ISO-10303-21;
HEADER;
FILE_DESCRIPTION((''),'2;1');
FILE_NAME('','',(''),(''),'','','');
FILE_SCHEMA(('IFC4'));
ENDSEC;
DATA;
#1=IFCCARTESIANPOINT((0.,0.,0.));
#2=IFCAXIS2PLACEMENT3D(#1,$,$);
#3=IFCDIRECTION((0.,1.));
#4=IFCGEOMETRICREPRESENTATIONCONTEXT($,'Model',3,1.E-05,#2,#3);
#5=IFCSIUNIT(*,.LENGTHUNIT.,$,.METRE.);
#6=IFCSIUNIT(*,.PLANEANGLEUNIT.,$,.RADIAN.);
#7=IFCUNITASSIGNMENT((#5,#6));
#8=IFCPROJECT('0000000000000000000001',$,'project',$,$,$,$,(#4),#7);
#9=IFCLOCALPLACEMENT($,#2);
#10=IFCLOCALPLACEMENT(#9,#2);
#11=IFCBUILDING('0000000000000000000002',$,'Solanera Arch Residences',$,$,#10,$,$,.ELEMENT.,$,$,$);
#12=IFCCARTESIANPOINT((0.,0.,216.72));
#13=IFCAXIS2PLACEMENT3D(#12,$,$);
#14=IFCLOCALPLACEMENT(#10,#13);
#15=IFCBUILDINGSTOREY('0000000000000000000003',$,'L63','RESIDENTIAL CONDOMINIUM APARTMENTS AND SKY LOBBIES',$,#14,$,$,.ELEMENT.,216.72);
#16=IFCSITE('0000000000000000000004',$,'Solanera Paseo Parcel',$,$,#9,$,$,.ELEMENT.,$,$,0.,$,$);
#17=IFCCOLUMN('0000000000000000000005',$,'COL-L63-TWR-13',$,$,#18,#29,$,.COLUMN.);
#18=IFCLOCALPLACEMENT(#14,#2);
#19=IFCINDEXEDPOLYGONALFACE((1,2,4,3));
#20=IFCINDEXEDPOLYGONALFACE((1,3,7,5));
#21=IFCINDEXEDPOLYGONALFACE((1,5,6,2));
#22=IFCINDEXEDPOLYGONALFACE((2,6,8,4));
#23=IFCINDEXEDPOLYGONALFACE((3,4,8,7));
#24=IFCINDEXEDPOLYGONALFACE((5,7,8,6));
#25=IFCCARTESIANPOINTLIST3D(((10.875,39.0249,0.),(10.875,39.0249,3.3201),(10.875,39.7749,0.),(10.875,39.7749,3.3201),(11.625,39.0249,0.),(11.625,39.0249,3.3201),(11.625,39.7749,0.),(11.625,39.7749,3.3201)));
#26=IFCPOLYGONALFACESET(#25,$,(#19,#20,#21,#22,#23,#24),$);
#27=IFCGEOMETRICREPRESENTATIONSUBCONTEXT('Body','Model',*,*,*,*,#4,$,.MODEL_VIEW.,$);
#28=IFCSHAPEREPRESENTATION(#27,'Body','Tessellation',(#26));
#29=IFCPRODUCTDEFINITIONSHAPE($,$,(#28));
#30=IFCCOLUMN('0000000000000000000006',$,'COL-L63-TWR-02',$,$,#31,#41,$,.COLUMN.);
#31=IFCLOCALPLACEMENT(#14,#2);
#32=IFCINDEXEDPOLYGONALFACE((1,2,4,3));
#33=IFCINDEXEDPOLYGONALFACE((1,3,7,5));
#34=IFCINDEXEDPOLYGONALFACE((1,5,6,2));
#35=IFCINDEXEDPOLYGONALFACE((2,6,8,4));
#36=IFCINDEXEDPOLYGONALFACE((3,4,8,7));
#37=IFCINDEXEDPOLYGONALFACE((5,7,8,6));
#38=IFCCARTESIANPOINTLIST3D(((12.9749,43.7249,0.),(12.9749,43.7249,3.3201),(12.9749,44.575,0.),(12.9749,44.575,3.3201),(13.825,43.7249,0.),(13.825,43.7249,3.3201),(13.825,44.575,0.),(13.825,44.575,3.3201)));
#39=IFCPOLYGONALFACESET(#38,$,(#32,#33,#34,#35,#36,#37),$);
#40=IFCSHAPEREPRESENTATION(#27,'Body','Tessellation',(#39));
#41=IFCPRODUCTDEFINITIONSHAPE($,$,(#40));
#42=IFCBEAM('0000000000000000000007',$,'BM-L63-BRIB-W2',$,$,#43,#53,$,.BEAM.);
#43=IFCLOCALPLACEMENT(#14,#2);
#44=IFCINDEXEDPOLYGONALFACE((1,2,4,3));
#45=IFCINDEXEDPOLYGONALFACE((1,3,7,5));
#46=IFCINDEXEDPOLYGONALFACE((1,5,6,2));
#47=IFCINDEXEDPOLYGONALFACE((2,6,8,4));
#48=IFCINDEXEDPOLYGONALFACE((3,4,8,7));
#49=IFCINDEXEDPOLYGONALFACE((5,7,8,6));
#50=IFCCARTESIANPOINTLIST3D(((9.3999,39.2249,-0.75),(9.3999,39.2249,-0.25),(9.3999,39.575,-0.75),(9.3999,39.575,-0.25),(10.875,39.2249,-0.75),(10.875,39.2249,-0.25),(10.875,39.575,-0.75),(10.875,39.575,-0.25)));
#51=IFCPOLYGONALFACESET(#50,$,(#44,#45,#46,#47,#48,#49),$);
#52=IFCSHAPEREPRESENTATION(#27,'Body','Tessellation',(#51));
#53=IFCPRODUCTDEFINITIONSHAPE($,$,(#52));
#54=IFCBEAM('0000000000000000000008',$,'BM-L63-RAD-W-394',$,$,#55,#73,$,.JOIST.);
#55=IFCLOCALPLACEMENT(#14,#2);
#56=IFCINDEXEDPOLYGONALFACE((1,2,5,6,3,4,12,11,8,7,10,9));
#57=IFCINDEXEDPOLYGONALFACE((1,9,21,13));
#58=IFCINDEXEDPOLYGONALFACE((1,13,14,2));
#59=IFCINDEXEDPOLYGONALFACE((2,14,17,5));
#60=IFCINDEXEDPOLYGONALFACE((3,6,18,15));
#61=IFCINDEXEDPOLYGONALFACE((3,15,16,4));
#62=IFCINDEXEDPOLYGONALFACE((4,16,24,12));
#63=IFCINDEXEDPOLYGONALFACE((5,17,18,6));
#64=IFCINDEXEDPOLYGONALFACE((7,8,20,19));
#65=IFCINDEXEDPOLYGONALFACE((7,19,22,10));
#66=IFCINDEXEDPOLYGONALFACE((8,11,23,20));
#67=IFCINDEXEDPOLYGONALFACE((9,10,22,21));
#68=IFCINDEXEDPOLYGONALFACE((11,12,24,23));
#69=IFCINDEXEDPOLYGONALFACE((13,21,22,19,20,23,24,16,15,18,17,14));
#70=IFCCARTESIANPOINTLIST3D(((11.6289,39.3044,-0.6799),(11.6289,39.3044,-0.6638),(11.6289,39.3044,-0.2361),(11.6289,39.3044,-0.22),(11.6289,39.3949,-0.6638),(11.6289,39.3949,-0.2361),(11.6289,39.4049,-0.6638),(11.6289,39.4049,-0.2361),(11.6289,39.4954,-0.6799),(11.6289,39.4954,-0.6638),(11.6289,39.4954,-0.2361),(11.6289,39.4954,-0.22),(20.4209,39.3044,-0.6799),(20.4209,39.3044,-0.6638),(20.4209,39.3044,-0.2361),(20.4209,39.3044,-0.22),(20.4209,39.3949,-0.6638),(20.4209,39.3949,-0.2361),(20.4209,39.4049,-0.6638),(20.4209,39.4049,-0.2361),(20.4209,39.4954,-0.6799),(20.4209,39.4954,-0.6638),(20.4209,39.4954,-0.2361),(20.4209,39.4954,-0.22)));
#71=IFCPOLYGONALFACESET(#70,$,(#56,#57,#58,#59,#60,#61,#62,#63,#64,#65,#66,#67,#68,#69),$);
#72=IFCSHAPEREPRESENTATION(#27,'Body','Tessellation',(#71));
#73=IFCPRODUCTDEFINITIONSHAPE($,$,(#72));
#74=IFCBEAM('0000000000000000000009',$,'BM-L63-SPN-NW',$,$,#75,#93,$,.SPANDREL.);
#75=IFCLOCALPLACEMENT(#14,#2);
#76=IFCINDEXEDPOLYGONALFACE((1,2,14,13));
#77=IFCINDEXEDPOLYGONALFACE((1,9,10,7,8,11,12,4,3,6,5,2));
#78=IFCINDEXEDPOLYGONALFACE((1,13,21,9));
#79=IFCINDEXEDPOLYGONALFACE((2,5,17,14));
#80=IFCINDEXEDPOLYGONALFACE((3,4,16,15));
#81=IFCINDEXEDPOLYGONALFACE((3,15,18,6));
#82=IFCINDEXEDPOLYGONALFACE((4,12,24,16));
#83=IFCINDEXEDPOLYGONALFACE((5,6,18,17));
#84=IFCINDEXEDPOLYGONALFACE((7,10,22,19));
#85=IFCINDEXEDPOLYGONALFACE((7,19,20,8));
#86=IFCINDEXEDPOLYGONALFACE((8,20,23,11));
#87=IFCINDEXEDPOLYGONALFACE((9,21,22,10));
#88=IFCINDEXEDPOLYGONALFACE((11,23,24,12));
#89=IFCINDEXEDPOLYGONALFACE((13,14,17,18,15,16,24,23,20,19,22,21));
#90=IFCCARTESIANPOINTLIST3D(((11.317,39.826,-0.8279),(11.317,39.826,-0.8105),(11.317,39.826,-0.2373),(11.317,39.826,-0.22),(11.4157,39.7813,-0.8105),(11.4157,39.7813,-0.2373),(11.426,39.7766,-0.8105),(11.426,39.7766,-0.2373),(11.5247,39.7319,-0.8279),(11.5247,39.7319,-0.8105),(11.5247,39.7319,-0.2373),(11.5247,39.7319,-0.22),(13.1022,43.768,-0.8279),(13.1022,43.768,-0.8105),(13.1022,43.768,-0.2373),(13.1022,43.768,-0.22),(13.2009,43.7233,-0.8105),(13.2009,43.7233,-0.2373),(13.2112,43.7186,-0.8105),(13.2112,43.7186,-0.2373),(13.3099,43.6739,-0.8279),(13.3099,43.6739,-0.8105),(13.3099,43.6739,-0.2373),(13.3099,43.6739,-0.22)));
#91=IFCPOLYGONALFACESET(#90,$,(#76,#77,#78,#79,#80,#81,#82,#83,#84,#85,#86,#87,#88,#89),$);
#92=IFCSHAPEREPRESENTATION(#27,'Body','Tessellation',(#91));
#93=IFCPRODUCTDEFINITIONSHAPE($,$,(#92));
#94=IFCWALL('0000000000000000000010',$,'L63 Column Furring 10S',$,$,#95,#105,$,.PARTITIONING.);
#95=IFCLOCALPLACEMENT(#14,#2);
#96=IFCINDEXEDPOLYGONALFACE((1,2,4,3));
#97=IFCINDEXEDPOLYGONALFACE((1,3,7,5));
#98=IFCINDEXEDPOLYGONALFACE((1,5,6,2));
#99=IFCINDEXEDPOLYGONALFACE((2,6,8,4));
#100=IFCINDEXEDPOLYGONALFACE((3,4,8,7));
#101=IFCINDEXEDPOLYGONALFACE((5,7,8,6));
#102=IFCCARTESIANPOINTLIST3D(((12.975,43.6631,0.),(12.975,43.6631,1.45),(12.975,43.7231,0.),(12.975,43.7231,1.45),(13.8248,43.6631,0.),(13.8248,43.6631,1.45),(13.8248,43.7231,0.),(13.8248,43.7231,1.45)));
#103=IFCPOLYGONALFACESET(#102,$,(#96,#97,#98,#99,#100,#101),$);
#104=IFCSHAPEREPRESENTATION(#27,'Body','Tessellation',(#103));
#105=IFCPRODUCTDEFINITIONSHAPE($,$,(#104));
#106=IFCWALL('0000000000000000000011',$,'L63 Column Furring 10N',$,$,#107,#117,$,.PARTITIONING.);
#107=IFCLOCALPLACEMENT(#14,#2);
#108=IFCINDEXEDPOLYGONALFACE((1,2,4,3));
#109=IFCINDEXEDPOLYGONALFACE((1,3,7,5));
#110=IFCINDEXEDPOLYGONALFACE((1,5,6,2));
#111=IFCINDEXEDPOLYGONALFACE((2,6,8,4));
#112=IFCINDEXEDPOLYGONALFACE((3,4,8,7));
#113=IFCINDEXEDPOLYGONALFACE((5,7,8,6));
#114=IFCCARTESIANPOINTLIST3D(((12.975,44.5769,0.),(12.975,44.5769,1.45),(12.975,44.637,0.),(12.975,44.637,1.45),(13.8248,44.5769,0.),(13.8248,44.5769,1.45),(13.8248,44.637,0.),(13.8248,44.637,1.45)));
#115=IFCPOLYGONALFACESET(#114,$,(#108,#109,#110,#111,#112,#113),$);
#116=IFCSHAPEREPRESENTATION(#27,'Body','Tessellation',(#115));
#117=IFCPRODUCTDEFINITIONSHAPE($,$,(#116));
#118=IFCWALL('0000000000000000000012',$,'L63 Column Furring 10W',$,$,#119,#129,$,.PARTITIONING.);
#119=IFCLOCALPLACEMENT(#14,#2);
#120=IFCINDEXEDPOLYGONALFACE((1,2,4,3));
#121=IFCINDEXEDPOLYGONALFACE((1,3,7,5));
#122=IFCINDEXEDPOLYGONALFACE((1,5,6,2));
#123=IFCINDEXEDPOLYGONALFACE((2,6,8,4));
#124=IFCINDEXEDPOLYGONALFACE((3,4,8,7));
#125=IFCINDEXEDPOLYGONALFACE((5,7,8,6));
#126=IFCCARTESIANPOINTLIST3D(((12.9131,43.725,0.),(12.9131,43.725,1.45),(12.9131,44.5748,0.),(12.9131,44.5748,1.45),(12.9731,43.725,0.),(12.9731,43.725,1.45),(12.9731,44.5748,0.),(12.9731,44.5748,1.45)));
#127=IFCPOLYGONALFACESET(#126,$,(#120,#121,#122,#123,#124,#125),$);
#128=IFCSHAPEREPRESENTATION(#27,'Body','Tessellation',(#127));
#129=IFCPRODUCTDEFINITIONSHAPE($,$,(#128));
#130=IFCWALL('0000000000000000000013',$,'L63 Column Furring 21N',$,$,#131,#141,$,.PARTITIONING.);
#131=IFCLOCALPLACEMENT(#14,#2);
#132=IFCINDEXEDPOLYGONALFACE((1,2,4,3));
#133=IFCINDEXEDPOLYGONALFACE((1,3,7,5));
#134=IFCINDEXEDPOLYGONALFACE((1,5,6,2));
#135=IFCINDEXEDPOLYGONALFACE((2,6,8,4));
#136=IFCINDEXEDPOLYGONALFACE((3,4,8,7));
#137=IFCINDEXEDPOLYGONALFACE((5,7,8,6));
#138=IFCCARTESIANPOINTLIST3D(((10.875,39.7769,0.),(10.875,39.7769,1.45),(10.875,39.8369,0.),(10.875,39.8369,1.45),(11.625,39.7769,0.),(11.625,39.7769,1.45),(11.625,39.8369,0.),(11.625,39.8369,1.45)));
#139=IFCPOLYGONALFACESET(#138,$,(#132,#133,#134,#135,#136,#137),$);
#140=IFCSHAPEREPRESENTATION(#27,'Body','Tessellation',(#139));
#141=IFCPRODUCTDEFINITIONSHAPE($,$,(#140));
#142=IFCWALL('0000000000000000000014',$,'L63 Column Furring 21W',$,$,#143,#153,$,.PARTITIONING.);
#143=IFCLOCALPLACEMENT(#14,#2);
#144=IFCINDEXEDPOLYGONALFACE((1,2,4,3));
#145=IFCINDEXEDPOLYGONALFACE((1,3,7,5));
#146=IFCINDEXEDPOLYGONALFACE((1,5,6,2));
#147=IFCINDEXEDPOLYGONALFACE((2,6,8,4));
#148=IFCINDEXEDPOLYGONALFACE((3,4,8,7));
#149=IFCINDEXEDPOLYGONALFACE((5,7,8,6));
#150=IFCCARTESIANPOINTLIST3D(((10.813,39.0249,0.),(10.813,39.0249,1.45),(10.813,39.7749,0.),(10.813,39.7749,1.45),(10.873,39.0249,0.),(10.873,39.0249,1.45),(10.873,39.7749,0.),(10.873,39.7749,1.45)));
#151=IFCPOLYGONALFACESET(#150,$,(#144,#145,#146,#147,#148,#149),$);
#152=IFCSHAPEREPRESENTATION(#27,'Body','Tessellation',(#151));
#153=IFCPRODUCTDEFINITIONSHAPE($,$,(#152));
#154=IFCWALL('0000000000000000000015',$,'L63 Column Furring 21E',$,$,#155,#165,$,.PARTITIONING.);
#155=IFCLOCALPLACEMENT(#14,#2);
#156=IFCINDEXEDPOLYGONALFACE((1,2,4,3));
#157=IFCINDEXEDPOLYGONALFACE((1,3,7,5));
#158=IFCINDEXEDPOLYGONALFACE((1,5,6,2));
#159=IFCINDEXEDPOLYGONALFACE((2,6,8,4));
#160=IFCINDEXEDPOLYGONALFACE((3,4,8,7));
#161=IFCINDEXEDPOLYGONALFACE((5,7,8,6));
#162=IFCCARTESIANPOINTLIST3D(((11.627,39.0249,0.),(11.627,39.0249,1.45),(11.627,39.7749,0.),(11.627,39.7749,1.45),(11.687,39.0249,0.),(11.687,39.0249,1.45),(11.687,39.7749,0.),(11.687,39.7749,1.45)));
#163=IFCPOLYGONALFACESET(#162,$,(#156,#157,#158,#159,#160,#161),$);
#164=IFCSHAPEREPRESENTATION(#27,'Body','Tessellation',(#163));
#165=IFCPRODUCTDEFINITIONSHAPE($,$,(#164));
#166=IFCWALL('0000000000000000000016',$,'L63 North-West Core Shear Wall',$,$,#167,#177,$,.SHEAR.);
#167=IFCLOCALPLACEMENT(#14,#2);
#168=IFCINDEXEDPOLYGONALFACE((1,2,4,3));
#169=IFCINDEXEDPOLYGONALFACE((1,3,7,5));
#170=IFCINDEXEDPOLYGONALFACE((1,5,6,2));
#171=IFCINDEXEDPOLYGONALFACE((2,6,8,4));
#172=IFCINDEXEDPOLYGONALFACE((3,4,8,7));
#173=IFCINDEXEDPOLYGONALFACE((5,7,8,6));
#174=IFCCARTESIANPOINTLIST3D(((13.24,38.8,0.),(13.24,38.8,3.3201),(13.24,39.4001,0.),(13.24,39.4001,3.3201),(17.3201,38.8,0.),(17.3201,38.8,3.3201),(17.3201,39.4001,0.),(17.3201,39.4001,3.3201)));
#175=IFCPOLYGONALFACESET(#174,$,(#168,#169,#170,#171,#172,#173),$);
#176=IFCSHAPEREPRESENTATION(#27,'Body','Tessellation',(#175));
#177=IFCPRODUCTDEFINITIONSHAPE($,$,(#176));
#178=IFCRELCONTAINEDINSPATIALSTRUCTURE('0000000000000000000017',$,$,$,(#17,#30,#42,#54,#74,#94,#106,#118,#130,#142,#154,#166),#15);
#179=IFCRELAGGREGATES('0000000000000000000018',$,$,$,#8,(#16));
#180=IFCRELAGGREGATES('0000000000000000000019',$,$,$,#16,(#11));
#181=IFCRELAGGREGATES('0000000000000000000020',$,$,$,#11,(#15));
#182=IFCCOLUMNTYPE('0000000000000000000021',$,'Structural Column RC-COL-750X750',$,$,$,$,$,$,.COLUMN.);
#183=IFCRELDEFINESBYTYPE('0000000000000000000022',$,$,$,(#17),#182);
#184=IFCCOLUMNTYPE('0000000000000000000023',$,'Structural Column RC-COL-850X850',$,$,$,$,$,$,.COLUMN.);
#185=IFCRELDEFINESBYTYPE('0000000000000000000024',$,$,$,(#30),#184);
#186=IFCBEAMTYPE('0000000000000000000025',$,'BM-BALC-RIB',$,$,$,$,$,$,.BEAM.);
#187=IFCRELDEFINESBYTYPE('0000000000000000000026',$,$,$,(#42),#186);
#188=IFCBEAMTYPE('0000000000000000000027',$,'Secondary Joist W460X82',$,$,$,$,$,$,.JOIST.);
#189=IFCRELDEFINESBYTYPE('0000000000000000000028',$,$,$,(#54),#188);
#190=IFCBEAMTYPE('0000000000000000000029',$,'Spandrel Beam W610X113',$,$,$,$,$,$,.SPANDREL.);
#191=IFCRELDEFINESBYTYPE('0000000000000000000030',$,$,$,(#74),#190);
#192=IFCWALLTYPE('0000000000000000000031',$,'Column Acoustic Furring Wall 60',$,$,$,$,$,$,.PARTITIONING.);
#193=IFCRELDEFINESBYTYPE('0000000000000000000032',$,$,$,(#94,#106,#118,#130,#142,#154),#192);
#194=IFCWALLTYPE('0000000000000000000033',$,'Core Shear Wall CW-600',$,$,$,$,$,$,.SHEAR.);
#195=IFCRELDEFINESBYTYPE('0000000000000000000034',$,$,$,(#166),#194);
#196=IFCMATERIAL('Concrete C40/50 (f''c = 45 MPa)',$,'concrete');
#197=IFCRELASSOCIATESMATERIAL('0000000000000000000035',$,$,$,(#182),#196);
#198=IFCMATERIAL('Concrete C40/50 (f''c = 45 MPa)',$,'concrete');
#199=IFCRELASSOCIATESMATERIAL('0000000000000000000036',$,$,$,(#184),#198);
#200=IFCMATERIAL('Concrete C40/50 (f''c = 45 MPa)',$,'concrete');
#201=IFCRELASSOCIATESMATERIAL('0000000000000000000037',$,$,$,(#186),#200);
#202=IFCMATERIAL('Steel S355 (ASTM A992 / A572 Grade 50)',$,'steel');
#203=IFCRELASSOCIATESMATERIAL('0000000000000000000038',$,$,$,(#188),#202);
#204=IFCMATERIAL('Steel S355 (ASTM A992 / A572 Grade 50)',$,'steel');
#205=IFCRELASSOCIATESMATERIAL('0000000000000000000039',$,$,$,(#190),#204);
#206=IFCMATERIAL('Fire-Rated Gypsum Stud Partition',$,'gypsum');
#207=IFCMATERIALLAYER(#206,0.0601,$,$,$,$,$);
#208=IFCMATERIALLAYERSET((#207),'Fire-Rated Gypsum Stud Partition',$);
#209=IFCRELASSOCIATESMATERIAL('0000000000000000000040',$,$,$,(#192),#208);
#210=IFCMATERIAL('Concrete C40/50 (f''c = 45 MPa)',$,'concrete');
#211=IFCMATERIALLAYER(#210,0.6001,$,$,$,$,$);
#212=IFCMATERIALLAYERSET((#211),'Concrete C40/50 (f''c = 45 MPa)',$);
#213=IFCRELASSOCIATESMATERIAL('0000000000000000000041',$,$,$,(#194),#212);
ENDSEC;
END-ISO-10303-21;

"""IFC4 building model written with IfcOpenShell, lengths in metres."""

from ifc_helpers import new_model, si_unit, direction, frame, frame_2d, origin, origin_2d, place, context, subcontext, project, spatial, rectangle, i_section, extrude, material, layer, layer_set, material_profile, profile_set, type_object, element, save


model = new_model("IFC4")

# Units and contexts
model_context = context("Model", 3, precision=1e-05, world=origin(), true_north=direction((0.0, 1.0)))
body_context = subcontext(model_context, "Body", "Model", "MODEL_VIEW")
ifc_project = project(units=[si_unit("LENGTHUNIT", "METRE"), si_unit("PLANEANGLEUNIT", "RADIAN")], contexts=[model_context])

# Site, building, storey
site_placement = place(None, origin())
site = spatial("IfcSite", under=ifc_project, at=site_placement, Name="Solanera Paseo Parcel", CompositionType="ELEMENT", RefElevation=0.0)
building_placement = place(site_placement, origin())
building = spatial("IfcBuilding", under=site, at=building_placement, Name="Solanera Arch Residences", CompositionType="ELEMENT")
storey_placement = place(building_placement, frame((0.0, 0.0, 216.72)))
storey = spatial("IfcBuildingStorey", under=building, at=storey_placement, Name="L63", Description="RESIDENTIAL CONDOMINIUM APARTMENTS AND SKY LOBBIES", CompositionType="ELEMENT", Elevation=216.72)

# Columns
ifc_material_1 = material(Name="Concrete C40/50 (f'c = 45 MPa)", Category="concrete")
ifc_material_profile_1 = material_profile(ifc_material_1, rectangle(XDim=0.75, YDim=0.75, at=origin_2d()))
ifc_profile_set_1 = profile_set([ifc_material_profile_1], Name="Concrete C40/50 (f'c = 45 MPa)")
column_type_1 = type_object("IfcColumnType", Name="Structural Column RC-COL-750X750", PredefinedType="COLUMN", material=ifc_profile_set_1)
column_1_placement = place(storey_placement, frame((11.25, 39.3999, 0.0), z_axis=(0.0, 0.0, 1.0), x_axis=(1.0, 0.0, 0.0)))
element("IfcColumn", 1, at=column_1_placement, inside=storey, type_object=column_type_1, Name="COL-L63-TWR-13", PredefinedType="COLUMN", context=body_context, shape_type="SweptSolid", body=[
    extrude(rectangle(XDim=0.75, YDim=0.75, at=origin_2d()), origin(), (0.0, 0.0, 1.0), 3.3201),
])
ifc_material_2 = material(Name="Concrete C40/50 (f'c = 45 MPa)", Category="concrete")
ifc_material_profile_2 = material_profile(ifc_material_2, rectangle(XDim=0.8501, YDim=0.8501, at=origin_2d()))
ifc_profile_set_2 = profile_set([ifc_material_profile_2], Name="Concrete C40/50 (f'c = 45 MPa)")
column_type_2 = type_object("IfcColumnType", Name="Structural Column RC-COL-850X850", PredefinedType="COLUMN", material=ifc_profile_set_2)
column_2_placement = place(storey_placement, frame((13.3999, 44.1499, 0.0), z_axis=(0.0, 0.0, 1.0), x_axis=(1.0, 0.0, 0.0)))
element("IfcColumn", 2, at=column_2_placement, inside=storey, type_object=column_type_2, Name="COL-L63-TWR-02", PredefinedType="COLUMN", context=body_context, shape_type="SweptSolid", body=[
    extrude(rectangle(XDim=0.8501, YDim=0.8501, at=origin_2d()), origin(), (0.0, 0.0, 1.0), 3.3201),
])

# Beams
ifc_material_3 = material(Name="Concrete C40/50 (f'c = 45 MPa)", Category="concrete")
ifc_material_profile_3 = material_profile(ifc_material_3, rectangle(XDim=0.3501, YDim=0.5, at=origin_2d()))
ifc_profile_set_3 = profile_set([ifc_material_profile_3], Name="Concrete C40/50 (f'c = 45 MPa)")
beam_type_1 = type_object("IfcBeamType", Name="BM-BALC-RIB", PredefinedType="BEAM", material=ifc_profile_set_3)
beam_1_placement = place(storey_placement, frame((9.3999, 39.3999, -0.5), z_axis=(1.0, 0.0, 0.0), x_axis=(0.0, 1.0, 0.0)))
element("IfcBeam", 3, at=beam_1_placement, inside=storey, type_object=beam_type_1, Name="BM-L63-BRIB-W2", PredefinedType="BEAM", context=body_context, shape_type="SweptSolid", body=[
    extrude(rectangle(XDim=0.3501, YDim=0.5, at=origin_2d()), origin(), (0.0, 0.0, 1.0), 1.4751),
])
ifc_material_4 = material(Name="Steel S355 (ASTM A992 / A572 Grade 50)", Category="steel")
ifc_material_profile_4 = material_profile(ifc_material_4, i_section(OverallWidth=0.1909, OverallDepth=0.46, WebThickness=0.01, FlangeThickness=0.0161, at=origin_2d()))
ifc_profile_set_4 = profile_set([ifc_material_profile_4], Name="Steel S355 (ASTM A992 / A572 Grade 50)")
beam_type_2 = type_object("IfcBeamType", Name="Secondary Joist W460X82", PredefinedType="JOIST", material=ifc_profile_set_4)
beam_2_placement = place(storey_placement, frame((11.6289, 39.3999, -0.45), z_axis=(1.0, 0.0, 0.0), x_axis=(0.0, 1.0, 0.0)))
element("IfcBeam", 4, at=beam_2_placement, inside=storey, type_object=beam_type_2, Name="BM-L63-RAD-W-394", PredefinedType="JOIST", context=body_context, shape_type="SweptSolid", body=[
    extrude(i_section(OverallWidth=0.1909, OverallDepth=0.46, WebThickness=0.01, FlangeThickness=0.0161, at=origin_2d()), origin(), (0.0, 0.0, 1.0), 8.792),
])
ifc_material_5 = material(Name="Steel S355 (ASTM A992 / A572 Grade 50)", Category="steel")
ifc_material_profile_5 = material_profile(ifc_material_5, i_section(OverallWidth=0.228, OverallDepth=0.6079, WebThickness=0.0112, FlangeThickness=0.0173, at=origin_2d()))
ifc_profile_set_5 = profile_set([ifc_material_profile_5], Name="Steel S355 (ASTM A992 / A572 Grade 50)")
beam_type_3 = type_object("IfcBeamType", Name="Spandrel Beam W610X113", PredefinedType="SPANDREL", material=ifc_profile_set_5)
beam_3_placement = place(storey_placement, frame((13.2061, 43.7209, -0.5239), z_axis=(-0.412536, -0.910941, 0.0), x_axis=(0.910941, -0.412536, 0.0)))
element("IfcBeam", 5, at=beam_3_placement, inside=storey, type_object=beam_type_3, Name="BM-L63-SPN-NW", PredefinedType="SPANDREL", context=body_context, shape_type="SweptSolid", body=[
    extrude(i_section(OverallWidth=0.228, OverallDepth=0.6079, WebThickness=0.0112, FlangeThickness=0.0173, at=origin_2d()), origin(), (0.0, 0.0, 1.0), 4.3274),
])

# Walls
ifc_material_6 = material(Name="Fire-Rated Gypsum Stud Partition", Category="gypsum")
ifc_layer_1 = layer(ifc_material_6, 0.0601)
ifc_layer_set_1 = layer_set([ifc_layer_1], Name="Fire-Rated Gypsum Stud Partition")
wall_type_1 = type_object("IfcWallType", Name="Column Acoustic Furring Wall 60", PredefinedType="PARTITIONING", material=ifc_layer_set_1)
for number, where, z_axis, x_axis, name in (
    (6, (12.9751, 43.6931, 0.0), (0.0, 0.0, 1.0), (1.0, 0.0, 0.0), "L63 Column Furring 10S"),
    (7, (12.9751, 44.6069, 0.0), (0.0, 0.0, 1.0), (1.0, 0.0, 0.0), "L63 Column Furring 10N"),
    (8, (12.9431, 43.7251, 0.0), (0.0, 0.0, 1.0), (0.0, 1.0, 0.0), "L63 Column Furring 10W"),
):
    element("IfcWall", number, at=place(storey_placement, frame(where, z_axis=z_axis, x_axis=x_axis)), inside=storey, type_object=wall_type_1, Name=name, PredefinedType="PARTITIONING", context=body_context, shape_type="SweptSolid", body=[
        extrude(rectangle(XDim=0.8499, YDim=0.0601, at=frame_2d((0.4248, 0.0))), origin(), (0.0, 0.0, 1.0), 1.45),
    ])
for number, where, z_axis, x_axis, name in (
    (9, (10.875, 39.8069, 0.0), (0.0, 0.0, 1.0), (1.0, 0.0, 0.0), "L63 Column Furring 21N"),
    (10, (10.843, 39.0249, 0.0), (0.0, 0.0, 1.0), (0.0, 1.0, 0.0), "L63 Column Furring 21W"),
    (11, (11.657, 39.0249, 0.0), (0.0, 0.0, 1.0), (0.0, 1.0, 0.0), "L63 Column Furring 21E"),
):
    element("IfcWall", number, at=place(storey_placement, frame(where, z_axis=z_axis, x_axis=x_axis)), inside=storey, type_object=wall_type_1, Name=name, PredefinedType="PARTITIONING", context=body_context, shape_type="SweptSolid", body=[
        extrude(rectangle(XDim=0.75, YDim=0.0601, at=frame_2d((0.375, 0.0))), origin(), (0.0, 0.0, 1.0), 1.45),
    ])
ifc_material_7 = material(Name="Concrete C40/50 (f'c = 45 MPa)", Category="concrete")
ifc_layer_2 = layer(ifc_material_7, 0.6001)
ifc_layer_set_2 = layer_set([ifc_layer_2], Name="Concrete C40/50 (f'c = 45 MPa)")
wall_type_2 = type_object("IfcWallType", Name="Core Shear Wall CW-600", PredefinedType="SHEAR", material=ifc_layer_set_2)
wall_1_placement = place(storey_placement, frame((13.24, 39.1001, 0.0), z_axis=(0.0, 0.0, 1.0), x_axis=(1.0, 0.0, 0.0)))
element("IfcWall", 12, at=wall_1_placement, inside=storey, type_object=wall_type_2, Name="L63 North-West Core Shear Wall", PredefinedType="SHEAR", context=body_context, shape_type="SweptSolid", body=[
    extrude(rectangle(XDim=4.0801, YDim=0.6001, at=frame_2d((2.04, 0.0))), origin(), (0.0, 0.0, 1.0), 3.3201),
])

save(model, "model.ifc")
